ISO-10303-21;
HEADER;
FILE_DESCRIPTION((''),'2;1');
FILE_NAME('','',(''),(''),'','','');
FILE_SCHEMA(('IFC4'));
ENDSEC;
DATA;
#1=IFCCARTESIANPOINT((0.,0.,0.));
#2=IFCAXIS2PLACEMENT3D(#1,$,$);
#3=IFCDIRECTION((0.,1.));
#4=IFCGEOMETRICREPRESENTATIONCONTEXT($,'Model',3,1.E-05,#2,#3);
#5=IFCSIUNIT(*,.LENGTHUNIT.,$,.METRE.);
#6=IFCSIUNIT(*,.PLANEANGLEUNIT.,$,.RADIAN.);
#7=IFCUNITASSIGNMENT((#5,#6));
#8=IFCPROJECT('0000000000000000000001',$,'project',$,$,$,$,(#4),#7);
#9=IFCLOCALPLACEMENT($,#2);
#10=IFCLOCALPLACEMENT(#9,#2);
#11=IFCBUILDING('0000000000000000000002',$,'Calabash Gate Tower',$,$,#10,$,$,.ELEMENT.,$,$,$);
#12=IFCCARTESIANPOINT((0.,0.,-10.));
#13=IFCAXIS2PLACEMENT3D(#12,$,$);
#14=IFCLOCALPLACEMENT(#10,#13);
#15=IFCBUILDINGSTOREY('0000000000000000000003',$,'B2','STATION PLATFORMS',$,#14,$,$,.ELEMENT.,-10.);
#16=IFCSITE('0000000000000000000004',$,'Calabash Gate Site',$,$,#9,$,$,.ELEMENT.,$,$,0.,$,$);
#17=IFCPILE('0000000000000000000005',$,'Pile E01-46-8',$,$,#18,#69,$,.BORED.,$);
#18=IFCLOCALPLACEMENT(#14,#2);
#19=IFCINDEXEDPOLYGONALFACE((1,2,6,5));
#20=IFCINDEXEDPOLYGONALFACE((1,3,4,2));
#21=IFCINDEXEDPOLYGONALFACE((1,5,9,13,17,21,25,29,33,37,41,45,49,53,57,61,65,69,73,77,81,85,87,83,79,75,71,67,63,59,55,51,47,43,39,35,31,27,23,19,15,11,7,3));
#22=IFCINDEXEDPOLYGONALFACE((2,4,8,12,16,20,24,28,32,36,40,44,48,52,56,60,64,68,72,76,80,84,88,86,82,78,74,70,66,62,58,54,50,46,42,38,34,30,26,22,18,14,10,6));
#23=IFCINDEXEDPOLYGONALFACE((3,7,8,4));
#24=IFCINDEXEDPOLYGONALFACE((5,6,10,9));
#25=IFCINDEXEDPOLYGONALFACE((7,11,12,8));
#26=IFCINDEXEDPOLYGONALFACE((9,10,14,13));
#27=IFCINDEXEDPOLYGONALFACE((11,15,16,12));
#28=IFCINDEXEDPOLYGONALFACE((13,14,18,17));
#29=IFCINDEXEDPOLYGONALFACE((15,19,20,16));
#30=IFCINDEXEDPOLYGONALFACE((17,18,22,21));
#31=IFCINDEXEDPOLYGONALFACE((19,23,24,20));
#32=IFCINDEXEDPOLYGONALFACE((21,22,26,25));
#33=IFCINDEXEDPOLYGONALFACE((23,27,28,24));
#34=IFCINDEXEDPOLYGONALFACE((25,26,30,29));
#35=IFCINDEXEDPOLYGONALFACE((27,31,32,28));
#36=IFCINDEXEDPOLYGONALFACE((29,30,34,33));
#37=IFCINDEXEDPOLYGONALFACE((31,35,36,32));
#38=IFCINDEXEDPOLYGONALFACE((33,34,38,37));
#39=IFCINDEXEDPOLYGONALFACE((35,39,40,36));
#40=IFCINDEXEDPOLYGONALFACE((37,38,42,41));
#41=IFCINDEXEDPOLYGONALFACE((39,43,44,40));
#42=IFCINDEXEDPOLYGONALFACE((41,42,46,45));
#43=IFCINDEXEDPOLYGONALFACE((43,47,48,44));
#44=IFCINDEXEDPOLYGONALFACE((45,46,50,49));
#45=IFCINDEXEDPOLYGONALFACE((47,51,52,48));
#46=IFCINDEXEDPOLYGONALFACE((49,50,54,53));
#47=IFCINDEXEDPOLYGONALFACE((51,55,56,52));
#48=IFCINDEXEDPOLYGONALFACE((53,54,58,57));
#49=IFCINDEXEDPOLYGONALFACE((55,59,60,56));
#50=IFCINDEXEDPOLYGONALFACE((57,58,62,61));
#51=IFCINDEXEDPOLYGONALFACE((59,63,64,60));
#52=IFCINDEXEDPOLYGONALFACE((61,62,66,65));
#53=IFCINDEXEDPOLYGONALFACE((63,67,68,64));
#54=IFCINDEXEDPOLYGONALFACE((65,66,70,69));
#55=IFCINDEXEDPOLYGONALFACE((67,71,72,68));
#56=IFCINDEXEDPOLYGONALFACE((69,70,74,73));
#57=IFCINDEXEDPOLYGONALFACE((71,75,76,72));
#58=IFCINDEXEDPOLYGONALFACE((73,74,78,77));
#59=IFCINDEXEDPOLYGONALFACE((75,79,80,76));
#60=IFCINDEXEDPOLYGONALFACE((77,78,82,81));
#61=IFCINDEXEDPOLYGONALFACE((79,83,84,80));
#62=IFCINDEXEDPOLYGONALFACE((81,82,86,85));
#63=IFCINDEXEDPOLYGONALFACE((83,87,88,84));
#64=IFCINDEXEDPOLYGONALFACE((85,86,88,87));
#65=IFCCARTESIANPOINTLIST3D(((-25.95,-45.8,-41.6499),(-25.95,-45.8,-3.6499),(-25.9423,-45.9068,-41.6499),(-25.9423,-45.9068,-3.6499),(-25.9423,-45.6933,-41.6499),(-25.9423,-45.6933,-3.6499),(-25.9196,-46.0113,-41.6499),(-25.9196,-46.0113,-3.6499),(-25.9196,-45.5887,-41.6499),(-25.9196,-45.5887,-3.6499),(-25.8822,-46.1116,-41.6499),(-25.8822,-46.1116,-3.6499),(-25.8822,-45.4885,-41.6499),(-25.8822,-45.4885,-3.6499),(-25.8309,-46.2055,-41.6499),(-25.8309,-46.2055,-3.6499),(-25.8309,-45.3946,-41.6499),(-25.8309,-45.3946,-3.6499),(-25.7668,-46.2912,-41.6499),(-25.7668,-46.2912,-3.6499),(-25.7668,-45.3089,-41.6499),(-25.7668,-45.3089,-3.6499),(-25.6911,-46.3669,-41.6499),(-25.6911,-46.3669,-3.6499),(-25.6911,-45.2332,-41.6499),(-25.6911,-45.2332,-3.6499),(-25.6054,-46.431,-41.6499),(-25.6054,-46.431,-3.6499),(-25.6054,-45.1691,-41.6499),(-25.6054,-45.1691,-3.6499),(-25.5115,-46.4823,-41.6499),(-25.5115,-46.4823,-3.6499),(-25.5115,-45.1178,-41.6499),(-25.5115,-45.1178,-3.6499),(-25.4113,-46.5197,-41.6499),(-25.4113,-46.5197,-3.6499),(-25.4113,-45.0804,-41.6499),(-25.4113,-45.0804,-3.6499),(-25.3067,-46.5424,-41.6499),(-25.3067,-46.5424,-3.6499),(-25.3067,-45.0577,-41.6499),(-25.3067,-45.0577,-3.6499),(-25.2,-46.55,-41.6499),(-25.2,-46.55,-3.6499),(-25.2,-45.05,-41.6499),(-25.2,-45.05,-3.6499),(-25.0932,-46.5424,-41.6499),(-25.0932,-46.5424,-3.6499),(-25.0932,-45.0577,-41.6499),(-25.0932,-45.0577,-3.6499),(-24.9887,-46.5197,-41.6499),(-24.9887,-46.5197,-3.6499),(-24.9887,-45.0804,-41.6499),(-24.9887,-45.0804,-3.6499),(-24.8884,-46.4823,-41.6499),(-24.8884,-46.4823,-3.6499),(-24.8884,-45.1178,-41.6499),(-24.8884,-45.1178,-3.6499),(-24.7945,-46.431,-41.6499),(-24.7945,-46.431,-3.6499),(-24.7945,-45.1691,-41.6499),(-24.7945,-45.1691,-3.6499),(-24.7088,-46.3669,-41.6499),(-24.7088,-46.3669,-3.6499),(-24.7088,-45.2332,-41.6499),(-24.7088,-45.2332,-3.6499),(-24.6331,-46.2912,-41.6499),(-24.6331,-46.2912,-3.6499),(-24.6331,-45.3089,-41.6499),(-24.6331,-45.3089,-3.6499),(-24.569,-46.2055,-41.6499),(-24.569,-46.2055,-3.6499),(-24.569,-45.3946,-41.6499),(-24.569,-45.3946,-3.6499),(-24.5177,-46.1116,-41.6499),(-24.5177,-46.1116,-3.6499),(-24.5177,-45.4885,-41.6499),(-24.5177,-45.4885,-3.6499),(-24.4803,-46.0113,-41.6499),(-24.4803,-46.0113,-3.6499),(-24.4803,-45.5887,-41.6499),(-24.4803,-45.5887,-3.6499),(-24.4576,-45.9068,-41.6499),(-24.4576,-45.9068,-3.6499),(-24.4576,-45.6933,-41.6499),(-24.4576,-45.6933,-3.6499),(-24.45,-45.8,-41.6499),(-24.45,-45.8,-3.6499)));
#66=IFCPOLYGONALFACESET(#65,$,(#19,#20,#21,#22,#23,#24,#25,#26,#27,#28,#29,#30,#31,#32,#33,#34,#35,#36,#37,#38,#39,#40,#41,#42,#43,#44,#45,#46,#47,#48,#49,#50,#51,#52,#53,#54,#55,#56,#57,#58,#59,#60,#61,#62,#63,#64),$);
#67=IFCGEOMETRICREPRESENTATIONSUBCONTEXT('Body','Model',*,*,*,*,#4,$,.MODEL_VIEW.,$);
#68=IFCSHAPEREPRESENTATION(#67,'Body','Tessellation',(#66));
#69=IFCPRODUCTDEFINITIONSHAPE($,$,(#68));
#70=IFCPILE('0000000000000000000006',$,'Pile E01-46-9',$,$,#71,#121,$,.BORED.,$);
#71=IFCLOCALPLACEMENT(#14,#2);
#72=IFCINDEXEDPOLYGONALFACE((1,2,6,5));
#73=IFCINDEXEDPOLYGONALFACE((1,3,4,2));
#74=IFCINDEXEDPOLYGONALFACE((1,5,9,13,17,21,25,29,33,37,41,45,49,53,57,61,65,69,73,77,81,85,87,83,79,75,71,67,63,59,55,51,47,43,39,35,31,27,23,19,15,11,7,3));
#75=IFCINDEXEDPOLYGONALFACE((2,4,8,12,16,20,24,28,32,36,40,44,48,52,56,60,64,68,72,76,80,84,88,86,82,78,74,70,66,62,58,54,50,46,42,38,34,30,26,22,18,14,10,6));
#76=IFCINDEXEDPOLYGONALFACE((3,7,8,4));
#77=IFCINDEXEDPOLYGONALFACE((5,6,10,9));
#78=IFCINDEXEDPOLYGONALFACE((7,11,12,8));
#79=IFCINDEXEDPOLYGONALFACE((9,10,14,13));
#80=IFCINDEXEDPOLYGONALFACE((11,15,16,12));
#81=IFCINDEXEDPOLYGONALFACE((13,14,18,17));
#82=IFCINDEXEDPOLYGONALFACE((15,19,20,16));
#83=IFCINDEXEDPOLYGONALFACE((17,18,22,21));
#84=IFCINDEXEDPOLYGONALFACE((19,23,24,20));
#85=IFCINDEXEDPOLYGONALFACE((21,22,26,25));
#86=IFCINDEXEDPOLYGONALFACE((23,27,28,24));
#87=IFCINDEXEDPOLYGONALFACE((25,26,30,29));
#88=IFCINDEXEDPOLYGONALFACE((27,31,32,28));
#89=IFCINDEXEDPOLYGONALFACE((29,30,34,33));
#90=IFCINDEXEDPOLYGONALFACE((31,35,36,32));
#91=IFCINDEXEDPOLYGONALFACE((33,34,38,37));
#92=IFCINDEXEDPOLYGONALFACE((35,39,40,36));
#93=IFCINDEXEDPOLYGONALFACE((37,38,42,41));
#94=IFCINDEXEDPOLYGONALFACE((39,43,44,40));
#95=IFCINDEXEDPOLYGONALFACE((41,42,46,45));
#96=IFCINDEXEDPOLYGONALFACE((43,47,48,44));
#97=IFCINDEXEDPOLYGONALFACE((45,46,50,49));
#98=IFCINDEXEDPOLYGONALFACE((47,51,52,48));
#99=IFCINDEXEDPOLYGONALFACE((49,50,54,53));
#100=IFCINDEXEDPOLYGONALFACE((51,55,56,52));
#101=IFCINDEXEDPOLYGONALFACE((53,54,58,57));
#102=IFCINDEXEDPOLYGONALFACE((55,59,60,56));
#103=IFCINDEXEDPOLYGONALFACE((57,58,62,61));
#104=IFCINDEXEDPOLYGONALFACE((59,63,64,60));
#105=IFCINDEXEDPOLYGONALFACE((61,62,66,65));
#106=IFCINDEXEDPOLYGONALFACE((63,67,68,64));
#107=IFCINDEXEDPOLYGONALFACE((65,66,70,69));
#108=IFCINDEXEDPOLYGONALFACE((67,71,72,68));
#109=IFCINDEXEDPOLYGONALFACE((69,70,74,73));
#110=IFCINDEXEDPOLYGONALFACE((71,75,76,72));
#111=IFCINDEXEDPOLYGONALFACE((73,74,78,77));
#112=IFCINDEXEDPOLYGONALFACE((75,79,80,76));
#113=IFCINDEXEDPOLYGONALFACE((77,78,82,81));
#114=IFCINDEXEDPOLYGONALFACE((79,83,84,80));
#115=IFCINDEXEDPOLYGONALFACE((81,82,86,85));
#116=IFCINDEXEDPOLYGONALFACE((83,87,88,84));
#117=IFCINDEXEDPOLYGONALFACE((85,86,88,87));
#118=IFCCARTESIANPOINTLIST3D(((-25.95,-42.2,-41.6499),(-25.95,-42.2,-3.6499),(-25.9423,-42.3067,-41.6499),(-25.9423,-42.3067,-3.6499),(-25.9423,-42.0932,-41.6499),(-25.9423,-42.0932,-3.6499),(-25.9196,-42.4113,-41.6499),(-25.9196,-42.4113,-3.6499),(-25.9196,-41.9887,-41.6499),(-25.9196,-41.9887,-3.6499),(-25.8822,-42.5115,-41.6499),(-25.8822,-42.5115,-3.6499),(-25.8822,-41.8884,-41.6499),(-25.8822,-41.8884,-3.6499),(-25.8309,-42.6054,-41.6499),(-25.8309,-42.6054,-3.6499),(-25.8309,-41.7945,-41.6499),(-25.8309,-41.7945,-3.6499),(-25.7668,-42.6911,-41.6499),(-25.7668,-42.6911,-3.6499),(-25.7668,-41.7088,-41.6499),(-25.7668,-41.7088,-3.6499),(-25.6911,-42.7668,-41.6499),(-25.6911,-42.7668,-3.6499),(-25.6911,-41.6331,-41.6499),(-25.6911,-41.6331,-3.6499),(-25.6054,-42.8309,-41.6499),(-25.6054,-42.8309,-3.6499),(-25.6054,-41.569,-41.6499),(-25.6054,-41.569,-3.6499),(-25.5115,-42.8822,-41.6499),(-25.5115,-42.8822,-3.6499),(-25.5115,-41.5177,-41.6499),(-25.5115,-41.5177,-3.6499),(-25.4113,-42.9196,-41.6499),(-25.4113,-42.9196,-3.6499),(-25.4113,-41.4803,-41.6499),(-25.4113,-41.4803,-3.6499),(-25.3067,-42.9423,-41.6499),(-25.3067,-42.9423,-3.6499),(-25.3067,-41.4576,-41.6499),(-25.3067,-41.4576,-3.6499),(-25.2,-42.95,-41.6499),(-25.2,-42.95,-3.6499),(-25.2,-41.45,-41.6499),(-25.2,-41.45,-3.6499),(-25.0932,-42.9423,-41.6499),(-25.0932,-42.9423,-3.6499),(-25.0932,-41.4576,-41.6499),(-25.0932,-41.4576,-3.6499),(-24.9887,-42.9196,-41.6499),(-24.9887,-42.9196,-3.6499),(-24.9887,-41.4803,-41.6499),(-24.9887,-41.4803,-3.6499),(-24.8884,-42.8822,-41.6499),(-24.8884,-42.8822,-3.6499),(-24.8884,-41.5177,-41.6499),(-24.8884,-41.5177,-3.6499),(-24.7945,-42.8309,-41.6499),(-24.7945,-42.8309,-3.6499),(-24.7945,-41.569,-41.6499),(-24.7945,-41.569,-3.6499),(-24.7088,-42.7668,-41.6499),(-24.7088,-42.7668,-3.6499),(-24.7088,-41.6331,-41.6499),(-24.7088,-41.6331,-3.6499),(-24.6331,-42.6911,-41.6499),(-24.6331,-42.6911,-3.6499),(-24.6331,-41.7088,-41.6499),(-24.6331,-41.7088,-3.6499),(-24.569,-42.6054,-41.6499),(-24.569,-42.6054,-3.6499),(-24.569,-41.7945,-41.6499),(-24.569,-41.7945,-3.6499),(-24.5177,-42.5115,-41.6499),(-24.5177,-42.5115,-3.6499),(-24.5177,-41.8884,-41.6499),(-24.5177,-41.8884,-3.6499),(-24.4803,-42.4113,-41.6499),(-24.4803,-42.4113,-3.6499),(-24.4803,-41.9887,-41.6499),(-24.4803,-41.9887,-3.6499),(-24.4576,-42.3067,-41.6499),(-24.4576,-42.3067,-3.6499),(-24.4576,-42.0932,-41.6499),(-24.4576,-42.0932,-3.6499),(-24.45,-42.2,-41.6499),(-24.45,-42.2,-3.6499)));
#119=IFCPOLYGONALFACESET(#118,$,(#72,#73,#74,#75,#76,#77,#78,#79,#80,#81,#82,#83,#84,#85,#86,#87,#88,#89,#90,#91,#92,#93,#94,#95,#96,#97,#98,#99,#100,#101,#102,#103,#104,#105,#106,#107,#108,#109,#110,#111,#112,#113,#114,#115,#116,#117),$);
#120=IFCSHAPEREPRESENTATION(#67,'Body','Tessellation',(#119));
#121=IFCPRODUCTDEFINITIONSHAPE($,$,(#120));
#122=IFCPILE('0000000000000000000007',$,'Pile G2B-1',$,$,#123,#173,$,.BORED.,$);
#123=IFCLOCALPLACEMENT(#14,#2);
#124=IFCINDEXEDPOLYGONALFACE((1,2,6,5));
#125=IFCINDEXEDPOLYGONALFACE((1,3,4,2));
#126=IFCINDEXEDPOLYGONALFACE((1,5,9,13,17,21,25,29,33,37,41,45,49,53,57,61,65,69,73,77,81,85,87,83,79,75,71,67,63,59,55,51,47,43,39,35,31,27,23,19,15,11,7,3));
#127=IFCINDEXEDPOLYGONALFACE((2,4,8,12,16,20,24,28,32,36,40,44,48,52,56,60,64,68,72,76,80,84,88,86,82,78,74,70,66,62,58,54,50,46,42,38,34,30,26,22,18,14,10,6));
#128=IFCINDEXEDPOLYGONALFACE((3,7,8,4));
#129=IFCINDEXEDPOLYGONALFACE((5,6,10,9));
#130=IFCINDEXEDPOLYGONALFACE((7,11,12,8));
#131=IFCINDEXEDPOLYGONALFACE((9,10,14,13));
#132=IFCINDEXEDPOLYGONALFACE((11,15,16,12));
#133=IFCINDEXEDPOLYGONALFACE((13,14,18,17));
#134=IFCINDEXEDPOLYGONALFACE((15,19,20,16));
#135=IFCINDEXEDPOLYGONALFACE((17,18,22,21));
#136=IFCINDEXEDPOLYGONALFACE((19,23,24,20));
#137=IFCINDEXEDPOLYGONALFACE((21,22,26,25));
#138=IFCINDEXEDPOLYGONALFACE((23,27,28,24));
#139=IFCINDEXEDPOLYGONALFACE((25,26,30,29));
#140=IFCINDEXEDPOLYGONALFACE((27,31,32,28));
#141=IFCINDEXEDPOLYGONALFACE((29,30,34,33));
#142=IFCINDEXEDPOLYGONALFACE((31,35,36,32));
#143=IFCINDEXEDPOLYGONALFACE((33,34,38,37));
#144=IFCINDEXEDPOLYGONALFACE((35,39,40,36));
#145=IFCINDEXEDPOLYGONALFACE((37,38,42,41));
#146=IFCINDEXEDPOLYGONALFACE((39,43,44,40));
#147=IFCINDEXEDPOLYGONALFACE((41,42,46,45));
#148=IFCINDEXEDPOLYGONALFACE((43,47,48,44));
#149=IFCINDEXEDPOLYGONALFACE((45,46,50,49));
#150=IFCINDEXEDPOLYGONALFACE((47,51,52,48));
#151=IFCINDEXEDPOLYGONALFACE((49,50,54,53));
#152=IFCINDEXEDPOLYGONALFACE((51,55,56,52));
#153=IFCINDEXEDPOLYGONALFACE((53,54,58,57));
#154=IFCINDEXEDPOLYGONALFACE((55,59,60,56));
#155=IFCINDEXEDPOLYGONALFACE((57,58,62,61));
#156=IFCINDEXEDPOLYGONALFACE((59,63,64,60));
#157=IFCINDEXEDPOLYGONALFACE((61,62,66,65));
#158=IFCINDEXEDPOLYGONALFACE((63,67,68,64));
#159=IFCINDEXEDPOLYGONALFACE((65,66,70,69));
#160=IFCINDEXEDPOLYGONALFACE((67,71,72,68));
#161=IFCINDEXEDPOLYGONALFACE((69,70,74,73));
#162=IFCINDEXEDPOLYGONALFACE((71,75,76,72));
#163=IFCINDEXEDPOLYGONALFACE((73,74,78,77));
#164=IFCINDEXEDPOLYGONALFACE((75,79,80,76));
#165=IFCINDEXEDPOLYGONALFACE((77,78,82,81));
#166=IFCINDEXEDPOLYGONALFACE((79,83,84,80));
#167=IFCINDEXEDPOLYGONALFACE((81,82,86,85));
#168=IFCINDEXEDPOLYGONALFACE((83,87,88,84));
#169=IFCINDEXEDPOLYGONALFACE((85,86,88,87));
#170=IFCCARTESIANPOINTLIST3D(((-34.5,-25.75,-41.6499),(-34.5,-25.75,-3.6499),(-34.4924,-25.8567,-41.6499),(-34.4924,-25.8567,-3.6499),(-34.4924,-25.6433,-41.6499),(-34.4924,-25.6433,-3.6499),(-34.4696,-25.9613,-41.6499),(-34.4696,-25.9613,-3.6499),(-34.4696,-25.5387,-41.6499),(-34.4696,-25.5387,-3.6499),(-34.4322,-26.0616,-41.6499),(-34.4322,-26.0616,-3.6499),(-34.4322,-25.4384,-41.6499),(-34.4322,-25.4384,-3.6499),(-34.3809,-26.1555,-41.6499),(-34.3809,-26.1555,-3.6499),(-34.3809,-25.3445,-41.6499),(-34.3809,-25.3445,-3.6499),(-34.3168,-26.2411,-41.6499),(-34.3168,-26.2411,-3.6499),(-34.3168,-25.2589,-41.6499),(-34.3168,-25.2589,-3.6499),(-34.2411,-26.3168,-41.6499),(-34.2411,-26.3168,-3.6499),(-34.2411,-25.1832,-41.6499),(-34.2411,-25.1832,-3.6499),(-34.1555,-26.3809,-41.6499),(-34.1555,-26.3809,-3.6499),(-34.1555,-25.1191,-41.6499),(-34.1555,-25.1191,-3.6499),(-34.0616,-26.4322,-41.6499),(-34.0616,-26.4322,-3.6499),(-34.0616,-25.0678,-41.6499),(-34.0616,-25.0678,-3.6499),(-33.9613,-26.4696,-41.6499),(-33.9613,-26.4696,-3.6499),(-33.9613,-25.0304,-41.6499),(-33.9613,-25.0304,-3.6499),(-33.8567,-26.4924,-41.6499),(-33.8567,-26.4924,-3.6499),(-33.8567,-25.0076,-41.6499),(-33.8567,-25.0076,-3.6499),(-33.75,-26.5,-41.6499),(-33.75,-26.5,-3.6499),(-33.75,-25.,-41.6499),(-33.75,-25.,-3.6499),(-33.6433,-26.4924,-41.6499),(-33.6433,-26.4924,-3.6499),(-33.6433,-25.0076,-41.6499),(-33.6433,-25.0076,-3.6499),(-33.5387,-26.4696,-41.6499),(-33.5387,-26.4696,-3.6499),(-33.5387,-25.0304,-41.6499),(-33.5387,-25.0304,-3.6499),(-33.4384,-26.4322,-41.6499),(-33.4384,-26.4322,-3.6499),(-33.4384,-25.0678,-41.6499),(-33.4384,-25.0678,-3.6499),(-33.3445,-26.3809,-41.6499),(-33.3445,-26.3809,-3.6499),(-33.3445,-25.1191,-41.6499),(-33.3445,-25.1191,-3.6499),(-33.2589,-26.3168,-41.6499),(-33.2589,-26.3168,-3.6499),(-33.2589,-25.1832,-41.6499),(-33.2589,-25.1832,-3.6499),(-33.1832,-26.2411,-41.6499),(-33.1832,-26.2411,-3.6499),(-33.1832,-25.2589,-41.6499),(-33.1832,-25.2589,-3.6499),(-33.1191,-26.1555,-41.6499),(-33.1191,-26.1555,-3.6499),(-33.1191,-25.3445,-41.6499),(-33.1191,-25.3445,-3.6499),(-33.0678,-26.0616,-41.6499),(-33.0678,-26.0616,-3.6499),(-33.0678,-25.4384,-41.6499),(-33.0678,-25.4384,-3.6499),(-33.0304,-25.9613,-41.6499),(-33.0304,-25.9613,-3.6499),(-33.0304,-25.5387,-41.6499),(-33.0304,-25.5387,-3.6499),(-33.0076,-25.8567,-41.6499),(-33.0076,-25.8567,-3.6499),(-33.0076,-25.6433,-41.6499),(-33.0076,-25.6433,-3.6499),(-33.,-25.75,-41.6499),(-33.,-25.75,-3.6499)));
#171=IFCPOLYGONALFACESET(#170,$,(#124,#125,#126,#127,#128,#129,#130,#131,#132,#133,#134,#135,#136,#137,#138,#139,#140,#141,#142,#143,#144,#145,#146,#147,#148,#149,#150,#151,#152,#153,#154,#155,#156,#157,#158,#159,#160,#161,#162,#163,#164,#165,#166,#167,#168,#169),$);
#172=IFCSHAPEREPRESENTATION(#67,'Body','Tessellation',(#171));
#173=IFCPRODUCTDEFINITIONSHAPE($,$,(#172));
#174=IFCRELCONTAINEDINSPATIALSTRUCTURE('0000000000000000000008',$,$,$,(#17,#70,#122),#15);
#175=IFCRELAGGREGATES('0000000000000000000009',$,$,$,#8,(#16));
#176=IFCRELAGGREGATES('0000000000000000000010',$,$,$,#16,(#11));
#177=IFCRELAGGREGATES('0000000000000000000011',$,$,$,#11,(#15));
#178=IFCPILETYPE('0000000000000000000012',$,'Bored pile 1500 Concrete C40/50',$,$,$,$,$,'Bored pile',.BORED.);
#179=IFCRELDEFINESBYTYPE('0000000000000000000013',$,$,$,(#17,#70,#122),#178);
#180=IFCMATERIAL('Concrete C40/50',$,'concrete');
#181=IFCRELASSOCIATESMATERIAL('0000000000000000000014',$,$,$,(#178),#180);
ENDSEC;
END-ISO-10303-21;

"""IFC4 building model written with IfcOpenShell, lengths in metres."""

from ifc_helpers import new_model, si_unit, direction, frame, origin, origin_2d, place, context, subcontext, project, spatial, circle, extrude, material, material_profile, profile_set, type_object, element, save


model = new_model("IFC4")

# Units and contexts
model_context = context("Model", 3, precision=1e-05, world=origin(), true_north=direction((0.0, 1.0)))
body_context = subcontext(model_context, "Body", "Model", "MODEL_VIEW")
ifc_project = project(units=[si_unit("LENGTHUNIT", "METRE"), si_unit("PLANEANGLEUNIT", "RADIAN")], contexts=[model_context])

# Site, building, storey
site_placement = place(None, origin())
site = spatial("IfcSite", under=ifc_project, at=site_placement, Name="Calabash Gate Site", CompositionType="ELEMENT", RefElevation=0.0)
building_placement = place(site_placement, origin())
building = spatial("IfcBuilding", under=site, at=building_placement, Name="Calabash Gate Tower", CompositionType="ELEMENT")
storey_placement = place(building_placement, frame((0.0, 0.0, -10.0)))
storey = spatial("IfcBuildingStorey", under=building, at=storey_placement, Name="B2", Description="STATION PLATFORMS", CompositionType="ELEMENT", Elevation=-10.0)

# Piles
ifc_material_1 = material(Name="Concrete C40/50", Category="concrete")
ifc_material_profile_1 = material_profile(ifc_material_1, circle(Radius=0.75, at=origin_2d()))
ifc_profile_set_1 = profile_set([ifc_material_profile_1], Name="Concrete C40/50")
pile_type = type_object("IfcPileType", Name="Bored pile 1500 Concrete C40/50", ElementType="Bored pile", PredefinedType="BORED", material=ifc_profile_set_1)
for number, where, z_axis, x_axis, name in (
    (1, (-25.2, -45.8, -3.6499), (0.0, 0.0, -1.0), (1.0, 0.0, 0.0), "Pile E01-46-8"),
    (2, (-25.2, -42.2, -3.6499), (0.0, 0.0, -1.0), (1.0, 0.0, 0.0), "Pile E01-46-9"),
    (3, (-33.75, -25.75, -3.6499), (0.0, 0.0, -1.0), (1.0, 0.0, 0.0), "Pile G2B-1"),
):
    element("IfcPile", number, at=place(storey_placement, frame(where, z_axis=z_axis, x_axis=x_axis)), inside=storey, type_object=pile_type, Name=name, PredefinedType="BORED", context=body_context, shape_type="SweptSolid", body=[
        extrude(circle(Radius=0.75, at=origin_2d()), origin(), (0.0, 0.0, 1.0), 38.0),
    ])

save(model, "model.ifc")
